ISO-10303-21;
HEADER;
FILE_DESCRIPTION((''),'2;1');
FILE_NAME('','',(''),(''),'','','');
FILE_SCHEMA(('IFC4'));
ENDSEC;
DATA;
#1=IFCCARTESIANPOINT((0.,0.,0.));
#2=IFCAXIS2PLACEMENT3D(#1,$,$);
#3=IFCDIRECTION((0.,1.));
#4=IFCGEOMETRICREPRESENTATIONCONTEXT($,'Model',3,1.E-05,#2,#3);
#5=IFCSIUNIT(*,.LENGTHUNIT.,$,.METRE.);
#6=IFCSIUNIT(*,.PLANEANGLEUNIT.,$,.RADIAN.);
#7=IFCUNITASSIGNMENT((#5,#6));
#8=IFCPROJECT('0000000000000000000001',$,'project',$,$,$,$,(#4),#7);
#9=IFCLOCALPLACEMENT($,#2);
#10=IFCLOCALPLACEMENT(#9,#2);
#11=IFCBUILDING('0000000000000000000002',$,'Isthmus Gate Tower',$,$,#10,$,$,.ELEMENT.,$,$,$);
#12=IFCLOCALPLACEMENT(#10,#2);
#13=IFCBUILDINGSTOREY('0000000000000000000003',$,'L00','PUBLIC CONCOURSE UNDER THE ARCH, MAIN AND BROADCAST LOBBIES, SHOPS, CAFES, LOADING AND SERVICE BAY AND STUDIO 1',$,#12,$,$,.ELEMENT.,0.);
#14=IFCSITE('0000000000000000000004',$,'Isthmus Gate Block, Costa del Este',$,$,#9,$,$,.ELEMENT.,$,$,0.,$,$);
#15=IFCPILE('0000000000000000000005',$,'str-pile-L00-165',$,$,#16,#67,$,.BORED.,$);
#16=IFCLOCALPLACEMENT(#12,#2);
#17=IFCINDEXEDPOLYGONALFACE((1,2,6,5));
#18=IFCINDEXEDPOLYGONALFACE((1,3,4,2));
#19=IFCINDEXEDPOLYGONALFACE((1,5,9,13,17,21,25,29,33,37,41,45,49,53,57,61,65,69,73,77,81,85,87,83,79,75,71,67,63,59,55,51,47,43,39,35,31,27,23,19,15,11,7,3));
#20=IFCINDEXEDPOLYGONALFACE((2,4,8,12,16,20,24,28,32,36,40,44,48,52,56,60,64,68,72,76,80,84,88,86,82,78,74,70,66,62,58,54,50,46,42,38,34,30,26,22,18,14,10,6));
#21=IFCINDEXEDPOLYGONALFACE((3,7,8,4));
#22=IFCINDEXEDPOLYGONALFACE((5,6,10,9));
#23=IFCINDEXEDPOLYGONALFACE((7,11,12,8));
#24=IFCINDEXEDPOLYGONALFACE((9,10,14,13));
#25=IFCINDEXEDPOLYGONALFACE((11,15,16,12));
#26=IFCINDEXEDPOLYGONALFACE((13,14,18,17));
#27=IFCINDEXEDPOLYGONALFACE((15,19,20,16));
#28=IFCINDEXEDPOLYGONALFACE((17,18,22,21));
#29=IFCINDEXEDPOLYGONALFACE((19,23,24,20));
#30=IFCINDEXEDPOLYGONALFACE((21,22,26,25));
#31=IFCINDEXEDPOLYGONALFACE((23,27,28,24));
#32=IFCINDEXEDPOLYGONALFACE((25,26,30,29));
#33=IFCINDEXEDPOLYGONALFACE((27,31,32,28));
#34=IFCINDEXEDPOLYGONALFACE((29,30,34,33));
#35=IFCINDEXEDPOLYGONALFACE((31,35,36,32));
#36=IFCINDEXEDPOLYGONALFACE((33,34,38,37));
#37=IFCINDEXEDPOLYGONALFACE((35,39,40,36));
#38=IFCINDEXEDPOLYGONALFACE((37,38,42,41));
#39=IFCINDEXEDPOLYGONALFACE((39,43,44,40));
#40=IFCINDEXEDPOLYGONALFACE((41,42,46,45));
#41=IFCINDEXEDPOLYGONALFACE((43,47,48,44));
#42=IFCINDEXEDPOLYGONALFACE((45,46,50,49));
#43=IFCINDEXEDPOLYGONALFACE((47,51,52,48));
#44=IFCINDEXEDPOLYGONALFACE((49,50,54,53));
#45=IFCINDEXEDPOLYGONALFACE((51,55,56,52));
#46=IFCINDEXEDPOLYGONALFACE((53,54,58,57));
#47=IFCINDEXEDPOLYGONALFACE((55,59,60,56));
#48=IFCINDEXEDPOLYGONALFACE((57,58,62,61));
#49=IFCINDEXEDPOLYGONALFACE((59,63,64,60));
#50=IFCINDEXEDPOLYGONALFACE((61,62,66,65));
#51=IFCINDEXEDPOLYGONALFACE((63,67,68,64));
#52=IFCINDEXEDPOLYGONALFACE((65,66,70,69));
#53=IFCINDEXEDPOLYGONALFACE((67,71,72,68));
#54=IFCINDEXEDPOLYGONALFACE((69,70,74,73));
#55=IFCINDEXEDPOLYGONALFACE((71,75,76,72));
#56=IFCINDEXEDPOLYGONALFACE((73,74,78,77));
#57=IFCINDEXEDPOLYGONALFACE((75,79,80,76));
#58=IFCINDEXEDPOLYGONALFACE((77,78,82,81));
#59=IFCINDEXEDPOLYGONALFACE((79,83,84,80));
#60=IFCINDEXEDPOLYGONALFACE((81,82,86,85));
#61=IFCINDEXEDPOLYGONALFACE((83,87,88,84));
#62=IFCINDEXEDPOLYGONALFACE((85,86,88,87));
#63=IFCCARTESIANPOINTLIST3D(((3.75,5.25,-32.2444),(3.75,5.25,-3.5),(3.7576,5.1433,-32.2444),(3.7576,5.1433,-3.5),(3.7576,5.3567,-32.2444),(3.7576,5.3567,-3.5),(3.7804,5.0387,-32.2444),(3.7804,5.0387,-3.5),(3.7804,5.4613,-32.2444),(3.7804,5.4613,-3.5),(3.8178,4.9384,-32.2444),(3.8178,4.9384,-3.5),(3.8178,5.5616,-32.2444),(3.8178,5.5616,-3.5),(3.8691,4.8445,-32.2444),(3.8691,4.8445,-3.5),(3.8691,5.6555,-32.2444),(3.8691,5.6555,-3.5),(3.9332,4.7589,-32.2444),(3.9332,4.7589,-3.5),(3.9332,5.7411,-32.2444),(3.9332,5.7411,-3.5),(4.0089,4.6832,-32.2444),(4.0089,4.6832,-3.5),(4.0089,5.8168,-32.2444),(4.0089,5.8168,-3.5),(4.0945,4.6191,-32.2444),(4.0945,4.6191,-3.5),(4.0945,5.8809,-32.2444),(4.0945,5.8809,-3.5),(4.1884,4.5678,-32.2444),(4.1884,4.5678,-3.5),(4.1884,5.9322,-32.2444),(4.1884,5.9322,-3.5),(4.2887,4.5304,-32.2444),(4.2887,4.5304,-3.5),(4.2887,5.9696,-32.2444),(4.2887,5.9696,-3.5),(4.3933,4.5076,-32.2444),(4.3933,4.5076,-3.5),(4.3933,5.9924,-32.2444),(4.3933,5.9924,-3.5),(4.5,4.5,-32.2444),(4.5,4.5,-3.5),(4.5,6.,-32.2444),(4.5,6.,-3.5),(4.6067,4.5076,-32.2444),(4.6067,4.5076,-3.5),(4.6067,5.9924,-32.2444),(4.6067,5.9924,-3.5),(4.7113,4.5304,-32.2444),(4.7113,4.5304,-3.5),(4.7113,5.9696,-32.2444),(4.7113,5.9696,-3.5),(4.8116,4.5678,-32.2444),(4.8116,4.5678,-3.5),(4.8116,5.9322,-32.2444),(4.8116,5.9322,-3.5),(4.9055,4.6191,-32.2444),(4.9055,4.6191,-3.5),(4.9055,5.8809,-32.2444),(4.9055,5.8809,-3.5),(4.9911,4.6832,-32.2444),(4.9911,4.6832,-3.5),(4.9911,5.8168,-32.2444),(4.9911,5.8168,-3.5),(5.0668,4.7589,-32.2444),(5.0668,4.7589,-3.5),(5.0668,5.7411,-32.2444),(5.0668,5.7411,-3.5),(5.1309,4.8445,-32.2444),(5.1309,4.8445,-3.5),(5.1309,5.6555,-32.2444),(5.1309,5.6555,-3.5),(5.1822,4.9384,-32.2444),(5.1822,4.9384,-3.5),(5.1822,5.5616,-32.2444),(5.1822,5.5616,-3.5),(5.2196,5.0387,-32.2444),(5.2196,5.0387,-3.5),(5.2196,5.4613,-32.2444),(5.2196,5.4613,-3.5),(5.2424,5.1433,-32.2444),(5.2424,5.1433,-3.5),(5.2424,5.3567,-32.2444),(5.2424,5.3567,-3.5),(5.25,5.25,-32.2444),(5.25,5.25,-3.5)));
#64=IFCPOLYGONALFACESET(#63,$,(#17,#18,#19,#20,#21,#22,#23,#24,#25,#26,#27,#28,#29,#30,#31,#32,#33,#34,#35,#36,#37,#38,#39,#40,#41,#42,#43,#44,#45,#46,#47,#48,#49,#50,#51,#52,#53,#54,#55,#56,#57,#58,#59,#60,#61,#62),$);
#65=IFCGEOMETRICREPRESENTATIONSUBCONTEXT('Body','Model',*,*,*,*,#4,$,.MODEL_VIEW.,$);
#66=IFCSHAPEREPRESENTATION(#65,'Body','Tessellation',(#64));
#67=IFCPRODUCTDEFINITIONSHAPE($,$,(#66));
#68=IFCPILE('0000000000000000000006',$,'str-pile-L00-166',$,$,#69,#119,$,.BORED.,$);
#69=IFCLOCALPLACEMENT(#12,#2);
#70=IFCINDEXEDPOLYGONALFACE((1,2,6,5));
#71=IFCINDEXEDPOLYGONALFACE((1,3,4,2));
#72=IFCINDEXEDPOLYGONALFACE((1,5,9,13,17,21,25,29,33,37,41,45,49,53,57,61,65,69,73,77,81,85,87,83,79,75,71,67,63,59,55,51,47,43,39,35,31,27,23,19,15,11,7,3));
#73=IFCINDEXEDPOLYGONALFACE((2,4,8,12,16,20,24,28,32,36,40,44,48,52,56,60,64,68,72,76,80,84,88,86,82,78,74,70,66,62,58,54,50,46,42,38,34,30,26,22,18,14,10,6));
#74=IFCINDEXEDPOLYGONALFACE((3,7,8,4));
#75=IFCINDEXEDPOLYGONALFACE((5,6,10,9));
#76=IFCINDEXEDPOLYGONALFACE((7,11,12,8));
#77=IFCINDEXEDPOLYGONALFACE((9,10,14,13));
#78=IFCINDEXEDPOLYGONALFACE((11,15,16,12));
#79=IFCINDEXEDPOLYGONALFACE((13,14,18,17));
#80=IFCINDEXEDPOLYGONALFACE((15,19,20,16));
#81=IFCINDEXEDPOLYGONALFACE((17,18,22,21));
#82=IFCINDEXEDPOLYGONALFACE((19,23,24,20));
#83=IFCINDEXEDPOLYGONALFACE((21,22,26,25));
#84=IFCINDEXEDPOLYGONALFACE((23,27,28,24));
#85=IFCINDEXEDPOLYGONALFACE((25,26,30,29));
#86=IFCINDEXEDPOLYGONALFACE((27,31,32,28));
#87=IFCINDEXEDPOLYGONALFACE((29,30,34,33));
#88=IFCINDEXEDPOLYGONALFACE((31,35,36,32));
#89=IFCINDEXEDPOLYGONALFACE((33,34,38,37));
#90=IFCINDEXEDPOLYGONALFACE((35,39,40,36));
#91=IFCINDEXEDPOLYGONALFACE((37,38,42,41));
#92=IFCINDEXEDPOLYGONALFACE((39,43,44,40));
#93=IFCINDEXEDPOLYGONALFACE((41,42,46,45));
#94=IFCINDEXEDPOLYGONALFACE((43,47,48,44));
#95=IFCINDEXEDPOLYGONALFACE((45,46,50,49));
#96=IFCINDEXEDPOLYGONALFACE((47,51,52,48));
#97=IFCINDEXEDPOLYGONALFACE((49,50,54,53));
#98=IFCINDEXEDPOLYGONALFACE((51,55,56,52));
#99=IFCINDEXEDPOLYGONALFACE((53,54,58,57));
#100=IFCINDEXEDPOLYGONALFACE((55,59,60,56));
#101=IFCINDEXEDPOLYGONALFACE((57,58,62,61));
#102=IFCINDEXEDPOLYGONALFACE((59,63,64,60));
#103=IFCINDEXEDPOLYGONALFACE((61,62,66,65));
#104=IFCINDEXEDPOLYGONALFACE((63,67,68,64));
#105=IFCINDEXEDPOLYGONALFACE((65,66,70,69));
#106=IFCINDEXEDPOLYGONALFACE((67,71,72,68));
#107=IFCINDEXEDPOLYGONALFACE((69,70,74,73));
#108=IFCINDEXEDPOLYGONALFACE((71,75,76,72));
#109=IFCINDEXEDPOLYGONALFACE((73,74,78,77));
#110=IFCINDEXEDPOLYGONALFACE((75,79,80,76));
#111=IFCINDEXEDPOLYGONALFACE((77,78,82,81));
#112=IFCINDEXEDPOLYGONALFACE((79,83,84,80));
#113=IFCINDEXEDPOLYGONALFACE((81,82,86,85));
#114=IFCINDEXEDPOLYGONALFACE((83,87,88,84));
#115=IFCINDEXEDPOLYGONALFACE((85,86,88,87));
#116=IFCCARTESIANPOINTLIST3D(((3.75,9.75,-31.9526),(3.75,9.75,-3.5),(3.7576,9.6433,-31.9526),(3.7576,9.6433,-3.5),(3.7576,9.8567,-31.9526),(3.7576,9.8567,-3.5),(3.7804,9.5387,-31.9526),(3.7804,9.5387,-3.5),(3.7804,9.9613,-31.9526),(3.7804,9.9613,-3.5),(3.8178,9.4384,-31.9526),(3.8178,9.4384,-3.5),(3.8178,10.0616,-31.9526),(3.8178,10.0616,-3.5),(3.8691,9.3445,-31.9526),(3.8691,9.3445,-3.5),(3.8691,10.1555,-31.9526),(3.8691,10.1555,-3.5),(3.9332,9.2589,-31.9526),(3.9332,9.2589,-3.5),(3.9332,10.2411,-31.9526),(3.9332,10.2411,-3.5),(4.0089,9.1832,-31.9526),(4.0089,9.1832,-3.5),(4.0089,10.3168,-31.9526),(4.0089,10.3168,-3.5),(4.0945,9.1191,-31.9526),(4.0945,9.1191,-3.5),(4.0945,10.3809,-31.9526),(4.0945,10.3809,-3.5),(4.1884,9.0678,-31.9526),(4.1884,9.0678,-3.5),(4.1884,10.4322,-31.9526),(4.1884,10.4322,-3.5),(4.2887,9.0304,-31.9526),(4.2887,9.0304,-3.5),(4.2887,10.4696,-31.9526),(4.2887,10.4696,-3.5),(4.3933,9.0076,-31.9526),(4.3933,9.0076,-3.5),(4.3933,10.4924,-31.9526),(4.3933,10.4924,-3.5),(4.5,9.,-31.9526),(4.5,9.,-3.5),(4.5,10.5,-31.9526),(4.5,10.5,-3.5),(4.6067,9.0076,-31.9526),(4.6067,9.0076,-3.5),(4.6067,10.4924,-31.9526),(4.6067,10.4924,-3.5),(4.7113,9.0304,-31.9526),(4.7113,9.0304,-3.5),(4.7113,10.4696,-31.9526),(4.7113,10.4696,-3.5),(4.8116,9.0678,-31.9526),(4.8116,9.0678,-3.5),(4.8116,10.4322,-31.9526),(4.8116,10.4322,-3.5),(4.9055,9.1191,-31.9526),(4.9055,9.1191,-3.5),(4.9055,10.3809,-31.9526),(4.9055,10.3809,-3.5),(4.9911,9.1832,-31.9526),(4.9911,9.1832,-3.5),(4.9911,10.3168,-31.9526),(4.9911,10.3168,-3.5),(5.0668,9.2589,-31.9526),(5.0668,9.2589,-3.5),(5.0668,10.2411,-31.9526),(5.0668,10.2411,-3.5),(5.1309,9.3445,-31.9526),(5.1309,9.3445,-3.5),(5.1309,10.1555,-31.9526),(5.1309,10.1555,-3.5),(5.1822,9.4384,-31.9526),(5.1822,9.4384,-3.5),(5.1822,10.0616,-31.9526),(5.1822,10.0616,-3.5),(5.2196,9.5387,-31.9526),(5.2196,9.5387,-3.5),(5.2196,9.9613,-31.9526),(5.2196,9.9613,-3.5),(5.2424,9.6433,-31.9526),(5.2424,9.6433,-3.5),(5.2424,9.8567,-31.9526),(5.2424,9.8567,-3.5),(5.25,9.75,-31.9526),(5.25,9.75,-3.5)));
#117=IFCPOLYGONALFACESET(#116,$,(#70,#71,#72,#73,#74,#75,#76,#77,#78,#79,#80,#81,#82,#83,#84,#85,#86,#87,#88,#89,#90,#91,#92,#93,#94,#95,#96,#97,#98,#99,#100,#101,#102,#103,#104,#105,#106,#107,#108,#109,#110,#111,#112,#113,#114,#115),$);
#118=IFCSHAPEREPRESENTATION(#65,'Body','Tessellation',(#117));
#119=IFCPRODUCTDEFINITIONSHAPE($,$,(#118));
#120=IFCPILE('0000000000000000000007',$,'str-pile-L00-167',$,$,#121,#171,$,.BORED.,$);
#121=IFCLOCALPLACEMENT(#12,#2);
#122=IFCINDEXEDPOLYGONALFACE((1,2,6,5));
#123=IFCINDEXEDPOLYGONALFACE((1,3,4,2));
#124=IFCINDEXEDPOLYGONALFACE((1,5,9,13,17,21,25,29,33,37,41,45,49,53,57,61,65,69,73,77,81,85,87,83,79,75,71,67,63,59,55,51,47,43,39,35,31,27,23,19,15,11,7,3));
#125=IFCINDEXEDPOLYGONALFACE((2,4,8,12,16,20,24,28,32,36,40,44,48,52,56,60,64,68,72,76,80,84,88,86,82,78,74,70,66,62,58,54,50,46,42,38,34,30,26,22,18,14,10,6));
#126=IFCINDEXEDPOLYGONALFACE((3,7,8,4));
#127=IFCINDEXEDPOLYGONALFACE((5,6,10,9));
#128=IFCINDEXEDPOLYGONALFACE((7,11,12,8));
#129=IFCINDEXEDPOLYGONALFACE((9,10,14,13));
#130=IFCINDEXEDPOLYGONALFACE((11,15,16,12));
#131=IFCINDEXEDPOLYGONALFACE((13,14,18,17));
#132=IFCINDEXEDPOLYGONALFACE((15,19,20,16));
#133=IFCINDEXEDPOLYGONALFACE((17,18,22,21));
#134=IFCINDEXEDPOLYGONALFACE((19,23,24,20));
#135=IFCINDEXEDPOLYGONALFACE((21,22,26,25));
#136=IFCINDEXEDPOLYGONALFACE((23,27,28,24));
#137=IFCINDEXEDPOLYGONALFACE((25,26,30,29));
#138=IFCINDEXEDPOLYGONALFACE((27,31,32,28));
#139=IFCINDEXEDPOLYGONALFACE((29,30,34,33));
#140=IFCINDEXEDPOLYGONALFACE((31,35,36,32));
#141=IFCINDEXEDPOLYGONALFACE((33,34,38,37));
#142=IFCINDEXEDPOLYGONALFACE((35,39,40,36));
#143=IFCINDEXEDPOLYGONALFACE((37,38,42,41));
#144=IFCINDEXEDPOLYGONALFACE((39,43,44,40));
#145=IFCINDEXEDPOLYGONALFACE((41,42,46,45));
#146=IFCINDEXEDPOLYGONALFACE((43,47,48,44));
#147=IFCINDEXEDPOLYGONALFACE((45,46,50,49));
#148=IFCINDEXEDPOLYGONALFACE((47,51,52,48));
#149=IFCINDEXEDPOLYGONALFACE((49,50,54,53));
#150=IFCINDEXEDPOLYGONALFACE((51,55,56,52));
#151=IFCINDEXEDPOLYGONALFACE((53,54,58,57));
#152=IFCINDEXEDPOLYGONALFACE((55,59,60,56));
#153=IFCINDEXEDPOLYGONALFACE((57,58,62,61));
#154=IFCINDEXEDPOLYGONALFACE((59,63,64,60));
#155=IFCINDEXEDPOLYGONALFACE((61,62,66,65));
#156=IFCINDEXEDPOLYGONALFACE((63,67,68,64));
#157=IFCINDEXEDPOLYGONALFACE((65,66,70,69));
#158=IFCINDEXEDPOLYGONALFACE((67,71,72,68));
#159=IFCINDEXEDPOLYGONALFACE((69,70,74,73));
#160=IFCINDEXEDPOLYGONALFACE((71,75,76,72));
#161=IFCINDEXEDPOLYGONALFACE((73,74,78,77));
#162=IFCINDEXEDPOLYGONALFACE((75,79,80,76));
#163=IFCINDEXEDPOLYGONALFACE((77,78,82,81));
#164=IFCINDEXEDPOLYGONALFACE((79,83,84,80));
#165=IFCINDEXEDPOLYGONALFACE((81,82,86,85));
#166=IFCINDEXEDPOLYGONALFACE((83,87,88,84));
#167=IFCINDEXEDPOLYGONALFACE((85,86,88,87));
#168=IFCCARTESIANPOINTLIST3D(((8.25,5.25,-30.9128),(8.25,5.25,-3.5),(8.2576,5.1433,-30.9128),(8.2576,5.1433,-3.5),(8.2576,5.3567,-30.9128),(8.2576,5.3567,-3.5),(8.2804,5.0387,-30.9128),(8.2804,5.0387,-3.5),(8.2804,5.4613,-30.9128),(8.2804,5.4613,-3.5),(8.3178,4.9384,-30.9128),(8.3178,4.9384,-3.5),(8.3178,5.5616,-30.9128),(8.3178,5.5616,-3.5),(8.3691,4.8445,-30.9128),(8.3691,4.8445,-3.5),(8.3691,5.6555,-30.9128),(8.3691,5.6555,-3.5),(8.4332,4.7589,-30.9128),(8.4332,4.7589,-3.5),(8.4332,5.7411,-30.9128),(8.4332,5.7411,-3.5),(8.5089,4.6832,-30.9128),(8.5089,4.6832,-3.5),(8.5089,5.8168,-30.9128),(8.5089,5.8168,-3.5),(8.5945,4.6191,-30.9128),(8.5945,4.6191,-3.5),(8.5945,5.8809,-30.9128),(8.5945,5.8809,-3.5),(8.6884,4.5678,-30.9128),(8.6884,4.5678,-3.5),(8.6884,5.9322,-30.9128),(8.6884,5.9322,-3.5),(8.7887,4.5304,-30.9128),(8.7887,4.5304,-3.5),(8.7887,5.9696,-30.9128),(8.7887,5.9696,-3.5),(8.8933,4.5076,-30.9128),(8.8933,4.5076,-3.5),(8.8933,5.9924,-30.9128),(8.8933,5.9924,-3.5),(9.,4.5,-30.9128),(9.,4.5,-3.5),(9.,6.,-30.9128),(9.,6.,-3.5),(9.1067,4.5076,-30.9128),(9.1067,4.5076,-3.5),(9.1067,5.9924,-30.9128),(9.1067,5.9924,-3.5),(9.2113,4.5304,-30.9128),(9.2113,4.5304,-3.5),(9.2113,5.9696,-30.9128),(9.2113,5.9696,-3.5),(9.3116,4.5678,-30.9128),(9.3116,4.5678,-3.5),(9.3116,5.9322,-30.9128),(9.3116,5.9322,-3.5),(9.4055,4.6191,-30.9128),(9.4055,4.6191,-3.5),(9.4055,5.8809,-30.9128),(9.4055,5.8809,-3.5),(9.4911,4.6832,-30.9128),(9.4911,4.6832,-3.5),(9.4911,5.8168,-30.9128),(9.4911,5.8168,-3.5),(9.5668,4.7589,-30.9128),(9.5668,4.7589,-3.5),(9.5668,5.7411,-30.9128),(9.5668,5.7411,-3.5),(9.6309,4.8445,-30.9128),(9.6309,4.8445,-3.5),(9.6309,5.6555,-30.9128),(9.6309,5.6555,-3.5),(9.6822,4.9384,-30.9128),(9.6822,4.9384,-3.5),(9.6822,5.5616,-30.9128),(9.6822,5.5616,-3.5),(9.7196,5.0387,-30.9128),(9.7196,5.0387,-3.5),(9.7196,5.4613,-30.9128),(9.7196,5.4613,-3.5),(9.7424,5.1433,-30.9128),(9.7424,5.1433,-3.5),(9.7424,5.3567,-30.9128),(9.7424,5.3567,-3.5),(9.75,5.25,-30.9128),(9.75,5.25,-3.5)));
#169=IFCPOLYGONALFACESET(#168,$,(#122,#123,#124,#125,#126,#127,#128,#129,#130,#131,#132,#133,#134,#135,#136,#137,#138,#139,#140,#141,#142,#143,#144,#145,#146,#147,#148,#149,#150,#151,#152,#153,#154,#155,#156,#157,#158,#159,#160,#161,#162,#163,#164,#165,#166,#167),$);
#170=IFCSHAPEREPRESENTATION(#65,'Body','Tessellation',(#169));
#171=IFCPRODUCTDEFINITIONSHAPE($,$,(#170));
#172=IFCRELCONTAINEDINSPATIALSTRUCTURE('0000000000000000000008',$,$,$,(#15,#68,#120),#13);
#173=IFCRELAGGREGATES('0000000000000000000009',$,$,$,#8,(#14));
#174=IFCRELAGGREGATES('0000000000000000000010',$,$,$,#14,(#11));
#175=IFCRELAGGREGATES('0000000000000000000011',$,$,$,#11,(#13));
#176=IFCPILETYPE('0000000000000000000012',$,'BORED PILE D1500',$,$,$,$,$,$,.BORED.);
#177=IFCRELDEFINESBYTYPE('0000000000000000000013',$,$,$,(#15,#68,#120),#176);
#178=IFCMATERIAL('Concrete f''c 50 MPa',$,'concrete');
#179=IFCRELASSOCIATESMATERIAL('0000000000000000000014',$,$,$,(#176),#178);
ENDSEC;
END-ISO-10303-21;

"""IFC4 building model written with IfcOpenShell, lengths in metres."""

from ifc_helpers import new_model, si_unit, direction, frame, origin, origin_2d, place, context, subcontext, project, spatial, circle, extrude, material, material_profile, profile_set, type_object, element, save


model = new_model("IFC4")

# Units and contexts
model_context = context("Model", 3, precision=1e-05, world=origin(), true_north=direction((0.0, 1.0)))
body_context = subcontext(model_context, "Body", "Model", "MODEL_VIEW")
ifc_project = project(units=[si_unit("LENGTHUNIT", "METRE"), si_unit("PLANEANGLEUNIT", "RADIAN")], contexts=[model_context])

# Site, building, storey
site_placement = place(None, origin())
site = spatial("IfcSite", under=ifc_project, at=site_placement, Name="Isthmus Gate Block, Costa del Este", CompositionType="ELEMENT", RefElevation=0.0)
building_placement = place(site_placement, origin())
building = spatial("IfcBuilding", under=site, at=building_placement, Name="Isthmus Gate Tower", CompositionType="ELEMENT")
storey_placement = place(building_placement, origin())
storey = spatial("IfcBuildingStorey", under=building, at=storey_placement, Name="L00", Description="PUBLIC CONCOURSE UNDER THE ARCH, MAIN AND BROADCAST LOBBIES, SHOPS, CAFES, LOADING AND SERVICE BAY AND STUDIO 1", CompositionType="ELEMENT", Elevation=0.0)

# Piles
ifc_material_1 = material(Name="Concrete f'c 50 MPa", Category="concrete")
ifc_material_profile_1 = material_profile(ifc_material_1, circle(Radius=0.75, at=origin_2d()), Name="D1500")
ifc_profile_set_1 = profile_set([ifc_material_profile_1], Name="Concrete f'c 50 MPa")
pile_type = type_object("IfcPileType", Name="BORED PILE D1500", PredefinedType="BORED", material=ifc_profile_set_1)
pile_1_placement = place(storey_placement, frame((4.5, 5.25, -3.5), z_axis=(0.0, 0.0, -1.0), x_axis=(1.0, 0.0, 0.0)))
element("IfcPile", 1, at=pile_1_placement, inside=storey, type_object=pile_type, Name="str-pile-L00-165", PredefinedType="BORED", context=body_context, shape_type="SweptSolid", body=[
    extrude(circle(Radius=0.75, at=origin_2d()), origin(), (0.0, 0.0, 1.0), 28.7444),
])
pile_2_placement = place(storey_placement, frame((4.5, 9.75, -3.5), z_axis=(0.0, 0.0, -1.0), x_axis=(1.0, 0.0, 0.0)))
element("IfcPile", 2, at=pile_2_placement, inside=storey, type_object=pile_type, Name="str-pile-L00-166", PredefinedType="BORED", context=body_context, shape_type="SweptSolid", body=[
    extrude(circle(Radius=0.75, at=origin_2d()), origin(), (0.0, 0.0, 1.0), 28.4526),
])
pile_3_placement = place(storey_placement, frame((9.0, 5.25, -3.5), z_axis=(0.0, 0.0, -1.0), x_axis=(1.0, 0.0, 0.0)))
element("IfcPile", 3, at=pile_3_placement, inside=storey, type_object=pile_type, Name="str-pile-L00-167", PredefinedType="BORED", context=body_context, shape_type="SweptSolid", body=[
    extrude(circle(Radius=0.75, at=origin_2d()), origin(), (0.0, 0.0, 1.0), 27.4128),
])

save(model, "model.ifc")
